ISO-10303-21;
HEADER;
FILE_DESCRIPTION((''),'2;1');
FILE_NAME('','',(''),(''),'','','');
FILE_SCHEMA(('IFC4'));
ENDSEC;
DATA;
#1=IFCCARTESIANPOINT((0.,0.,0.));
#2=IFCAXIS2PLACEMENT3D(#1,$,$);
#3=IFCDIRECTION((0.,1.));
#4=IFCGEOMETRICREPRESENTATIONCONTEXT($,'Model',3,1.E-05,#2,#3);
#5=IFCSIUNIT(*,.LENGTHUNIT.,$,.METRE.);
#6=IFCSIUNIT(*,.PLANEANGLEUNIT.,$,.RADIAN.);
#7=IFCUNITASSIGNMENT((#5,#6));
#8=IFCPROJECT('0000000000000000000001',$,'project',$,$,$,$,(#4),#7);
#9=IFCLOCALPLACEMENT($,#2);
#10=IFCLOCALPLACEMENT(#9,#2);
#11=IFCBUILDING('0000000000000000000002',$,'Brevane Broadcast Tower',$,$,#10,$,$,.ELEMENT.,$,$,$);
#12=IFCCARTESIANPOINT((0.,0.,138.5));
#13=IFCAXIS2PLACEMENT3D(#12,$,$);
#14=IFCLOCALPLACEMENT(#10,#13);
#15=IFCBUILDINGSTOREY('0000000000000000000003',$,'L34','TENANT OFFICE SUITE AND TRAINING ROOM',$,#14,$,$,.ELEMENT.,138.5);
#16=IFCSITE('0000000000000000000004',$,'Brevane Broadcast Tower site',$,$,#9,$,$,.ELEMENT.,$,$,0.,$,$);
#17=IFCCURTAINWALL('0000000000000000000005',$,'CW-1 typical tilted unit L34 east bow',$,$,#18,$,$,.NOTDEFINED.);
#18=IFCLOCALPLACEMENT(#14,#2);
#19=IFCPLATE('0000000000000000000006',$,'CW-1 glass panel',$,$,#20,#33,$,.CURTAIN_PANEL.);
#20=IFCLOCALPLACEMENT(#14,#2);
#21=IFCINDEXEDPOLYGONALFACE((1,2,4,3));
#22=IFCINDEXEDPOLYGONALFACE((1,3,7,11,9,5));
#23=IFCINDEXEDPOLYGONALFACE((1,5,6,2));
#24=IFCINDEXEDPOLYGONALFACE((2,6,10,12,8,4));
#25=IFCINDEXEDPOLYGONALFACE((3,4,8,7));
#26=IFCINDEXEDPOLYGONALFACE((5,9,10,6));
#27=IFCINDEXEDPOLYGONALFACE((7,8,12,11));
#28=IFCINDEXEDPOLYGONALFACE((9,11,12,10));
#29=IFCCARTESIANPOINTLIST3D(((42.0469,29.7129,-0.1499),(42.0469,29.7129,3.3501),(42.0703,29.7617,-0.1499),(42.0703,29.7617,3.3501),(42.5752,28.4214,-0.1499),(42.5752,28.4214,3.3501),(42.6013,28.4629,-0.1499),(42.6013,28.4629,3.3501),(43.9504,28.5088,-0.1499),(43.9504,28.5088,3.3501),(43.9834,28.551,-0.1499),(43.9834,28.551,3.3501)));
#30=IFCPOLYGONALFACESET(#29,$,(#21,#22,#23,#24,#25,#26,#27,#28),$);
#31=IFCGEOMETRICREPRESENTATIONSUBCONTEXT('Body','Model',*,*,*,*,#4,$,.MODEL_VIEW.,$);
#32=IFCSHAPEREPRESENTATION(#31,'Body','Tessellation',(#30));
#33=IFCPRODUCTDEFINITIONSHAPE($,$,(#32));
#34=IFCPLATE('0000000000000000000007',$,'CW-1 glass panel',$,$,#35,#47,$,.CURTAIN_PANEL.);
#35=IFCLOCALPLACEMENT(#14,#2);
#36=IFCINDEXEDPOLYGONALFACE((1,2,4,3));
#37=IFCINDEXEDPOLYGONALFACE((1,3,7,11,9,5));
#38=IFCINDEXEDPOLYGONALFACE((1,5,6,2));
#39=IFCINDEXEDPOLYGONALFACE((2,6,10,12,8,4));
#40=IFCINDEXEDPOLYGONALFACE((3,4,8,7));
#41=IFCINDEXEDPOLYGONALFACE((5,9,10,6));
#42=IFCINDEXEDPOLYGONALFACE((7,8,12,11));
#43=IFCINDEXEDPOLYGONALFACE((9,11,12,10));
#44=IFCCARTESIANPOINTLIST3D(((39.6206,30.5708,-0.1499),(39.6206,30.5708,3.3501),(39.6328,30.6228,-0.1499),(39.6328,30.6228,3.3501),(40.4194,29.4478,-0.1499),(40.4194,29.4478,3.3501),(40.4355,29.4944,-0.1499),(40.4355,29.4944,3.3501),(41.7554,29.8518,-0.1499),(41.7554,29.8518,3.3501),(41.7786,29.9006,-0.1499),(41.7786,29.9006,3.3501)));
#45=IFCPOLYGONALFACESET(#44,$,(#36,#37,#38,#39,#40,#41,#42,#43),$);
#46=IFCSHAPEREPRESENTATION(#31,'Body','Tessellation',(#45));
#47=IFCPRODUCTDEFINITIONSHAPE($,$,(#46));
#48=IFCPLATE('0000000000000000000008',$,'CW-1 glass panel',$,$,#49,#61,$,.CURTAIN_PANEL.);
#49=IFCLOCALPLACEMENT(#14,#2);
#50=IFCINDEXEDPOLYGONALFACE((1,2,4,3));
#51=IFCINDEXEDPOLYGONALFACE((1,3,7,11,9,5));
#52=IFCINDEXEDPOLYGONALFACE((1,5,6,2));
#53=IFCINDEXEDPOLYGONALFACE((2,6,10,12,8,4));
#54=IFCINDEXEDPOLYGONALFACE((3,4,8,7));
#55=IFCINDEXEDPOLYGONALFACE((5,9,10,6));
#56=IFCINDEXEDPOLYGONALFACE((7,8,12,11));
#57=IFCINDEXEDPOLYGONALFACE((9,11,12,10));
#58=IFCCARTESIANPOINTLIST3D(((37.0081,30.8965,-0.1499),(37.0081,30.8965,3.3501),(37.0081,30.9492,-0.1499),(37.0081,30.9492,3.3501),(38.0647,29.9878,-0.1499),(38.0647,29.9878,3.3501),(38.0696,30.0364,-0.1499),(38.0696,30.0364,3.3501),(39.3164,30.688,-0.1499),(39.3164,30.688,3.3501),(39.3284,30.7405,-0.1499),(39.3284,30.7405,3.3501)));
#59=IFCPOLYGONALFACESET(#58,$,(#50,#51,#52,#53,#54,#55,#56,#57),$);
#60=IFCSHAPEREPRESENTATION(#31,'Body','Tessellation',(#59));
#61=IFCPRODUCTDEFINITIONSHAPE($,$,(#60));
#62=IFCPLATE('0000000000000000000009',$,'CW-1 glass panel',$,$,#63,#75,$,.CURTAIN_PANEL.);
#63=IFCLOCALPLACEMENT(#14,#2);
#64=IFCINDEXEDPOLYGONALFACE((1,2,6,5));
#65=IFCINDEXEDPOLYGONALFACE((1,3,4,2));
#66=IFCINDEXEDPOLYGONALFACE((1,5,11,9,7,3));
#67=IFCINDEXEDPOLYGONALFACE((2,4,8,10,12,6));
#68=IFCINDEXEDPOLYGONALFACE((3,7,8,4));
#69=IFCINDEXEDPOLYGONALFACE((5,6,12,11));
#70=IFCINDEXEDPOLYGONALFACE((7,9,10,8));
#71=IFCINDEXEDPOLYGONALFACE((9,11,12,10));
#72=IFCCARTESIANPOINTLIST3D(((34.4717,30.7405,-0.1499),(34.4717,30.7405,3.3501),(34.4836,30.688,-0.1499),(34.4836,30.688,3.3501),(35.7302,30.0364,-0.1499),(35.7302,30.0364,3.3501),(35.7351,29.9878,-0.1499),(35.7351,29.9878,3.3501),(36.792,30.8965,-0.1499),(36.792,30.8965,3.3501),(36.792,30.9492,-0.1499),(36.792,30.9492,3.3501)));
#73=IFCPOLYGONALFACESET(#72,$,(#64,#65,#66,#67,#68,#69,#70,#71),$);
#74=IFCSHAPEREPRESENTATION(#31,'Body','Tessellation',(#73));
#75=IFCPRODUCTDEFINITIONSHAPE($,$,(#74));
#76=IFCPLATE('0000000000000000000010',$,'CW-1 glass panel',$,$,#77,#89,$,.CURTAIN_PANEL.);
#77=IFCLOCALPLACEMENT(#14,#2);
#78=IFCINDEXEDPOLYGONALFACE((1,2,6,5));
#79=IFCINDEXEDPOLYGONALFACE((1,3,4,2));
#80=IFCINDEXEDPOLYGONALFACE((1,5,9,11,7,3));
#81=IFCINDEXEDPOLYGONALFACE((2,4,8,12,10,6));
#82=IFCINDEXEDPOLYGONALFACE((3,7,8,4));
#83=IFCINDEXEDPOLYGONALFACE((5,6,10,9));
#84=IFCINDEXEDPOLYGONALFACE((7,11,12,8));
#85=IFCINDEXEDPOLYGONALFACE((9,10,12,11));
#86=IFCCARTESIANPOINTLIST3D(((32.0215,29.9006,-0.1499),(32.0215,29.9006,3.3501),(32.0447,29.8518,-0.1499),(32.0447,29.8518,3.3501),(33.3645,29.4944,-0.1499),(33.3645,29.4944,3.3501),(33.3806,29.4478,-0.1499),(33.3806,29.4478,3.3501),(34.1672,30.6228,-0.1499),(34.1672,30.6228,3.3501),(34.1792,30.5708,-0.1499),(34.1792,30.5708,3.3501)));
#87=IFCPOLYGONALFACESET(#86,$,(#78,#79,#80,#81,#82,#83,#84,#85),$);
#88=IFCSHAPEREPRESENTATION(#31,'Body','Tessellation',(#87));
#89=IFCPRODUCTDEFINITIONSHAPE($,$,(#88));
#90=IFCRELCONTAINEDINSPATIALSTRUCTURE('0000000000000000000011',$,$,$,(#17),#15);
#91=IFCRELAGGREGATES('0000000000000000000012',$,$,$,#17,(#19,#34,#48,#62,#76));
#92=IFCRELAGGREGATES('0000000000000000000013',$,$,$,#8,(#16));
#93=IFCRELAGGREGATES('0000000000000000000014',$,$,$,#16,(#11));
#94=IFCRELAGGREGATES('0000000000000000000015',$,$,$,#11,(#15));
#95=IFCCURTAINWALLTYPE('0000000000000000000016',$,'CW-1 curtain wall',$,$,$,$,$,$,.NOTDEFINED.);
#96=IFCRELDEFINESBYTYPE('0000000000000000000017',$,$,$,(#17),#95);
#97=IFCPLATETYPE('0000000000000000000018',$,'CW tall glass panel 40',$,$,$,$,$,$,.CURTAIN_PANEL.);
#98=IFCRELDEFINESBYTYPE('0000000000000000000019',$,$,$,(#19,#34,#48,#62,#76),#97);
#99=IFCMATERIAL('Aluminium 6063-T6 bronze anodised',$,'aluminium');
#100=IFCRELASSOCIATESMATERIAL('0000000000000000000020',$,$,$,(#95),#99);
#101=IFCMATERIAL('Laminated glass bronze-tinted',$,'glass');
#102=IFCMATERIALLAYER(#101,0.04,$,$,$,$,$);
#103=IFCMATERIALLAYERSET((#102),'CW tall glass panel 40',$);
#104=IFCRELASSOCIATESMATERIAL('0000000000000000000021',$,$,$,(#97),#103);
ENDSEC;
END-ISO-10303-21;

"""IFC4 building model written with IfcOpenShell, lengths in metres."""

from ifc_helpers import new_model, si_unit, direction, frame, origin, place, context, subcontext, project, spatial, polyline, outline, extrude, material, layer, layer_set, type_object, element, aggregate, save


model = new_model("IFC4")

# Units and contexts
model_context = context("Model", 3, precision=1e-05, world=origin(), true_north=direction((0.0, 1.0)))
body_context = subcontext(model_context, "Body", "Model", "MODEL_VIEW")
ifc_project = project(units=[si_unit("LENGTHUNIT", "METRE"), si_unit("PLANEANGLEUNIT", "RADIAN")], contexts=[model_context])

# Site, building, storey
site_placement = place(None, origin())
site = spatial("IfcSite", under=ifc_project, at=site_placement, Name="Brevane Broadcast Tower site", CompositionType="ELEMENT", RefElevation=0.0)
building_placement = place(site_placement, origin())
building = spatial("IfcBuilding", under=site, at=building_placement, Name="Brevane Broadcast Tower", CompositionType="ELEMENT")
storey_placement = place(building_placement, frame((0.0, 0.0, 138.5)))
storey = spatial("IfcBuildingStorey", under=building, at=storey_placement, Name="L34", Description="TENANT OFFICE SUITE AND TRAINING ROOM", CompositionType="ELEMENT", Elevation=138.5)

# Curtain wall, plates
ifc_material_1 = material(Name="Aluminium 6063-T6 bronze anodised", Category="aluminium")
curtain_wall_type = type_object("IfcCurtainWallType", Name="CW-1 curtain wall", PredefinedType="NOTDEFINED", material=ifc_material_1)
ifc_material_2 = material(Name="Laminated glass bronze-tinted", Category="glass")
ifc_layer = layer(ifc_material_2, 0.04)
ifc_layer_set = layer_set([ifc_layer], Name="CW tall glass panel 40")
plate_type = type_object("IfcPlateType", Name="CW tall glass panel 40", PredefinedType="CURTAIN_PANEL", material=ifc_layer_set)
curtain_wall_1_placement = place(storey_placement, origin())
curtain_wall_1 = element("IfcCurtainWall", 1, at=curtain_wall_1_placement, inside=storey, type_object=curtain_wall_type, Name="CW-1 typical tilted unit L34 east bow", PredefinedType="NOTDEFINED")
plate_1_placement = place(storey_placement, frame((0.0, 0.0, -0.1499)))
plate_1 = element("IfcPlate", 2, at=plate_1_placement, type_object=plate_type, Name="CW-1 glass panel", PredefinedType="CURTAIN_PANEL", context=body_context, shape_type="SweptSolid", body=[
    extrude(outline(polyline([(43.9504, 28.5088), (43.9834, 28.551), (42.6013, 28.4629), (42.0703, 29.7617), (42.0469, 29.7129), (42.5752, 28.4214), (43.9504, 28.5088)])), origin(), (0.0, 0.0, 1.0), 3.5),
])
plate_2_placement = place(storey_placement, frame((0.0, 0.0, -0.1499)))
plate_2 = element("IfcPlate", 3, at=plate_2_placement, type_object=plate_type, Name="CW-1 glass panel", PredefinedType="CURTAIN_PANEL", context=body_context, shape_type="SweptSolid", body=[
    extrude(outline(polyline([(41.7554, 29.8518), (41.7786, 29.9006), (40.4355, 29.4944), (39.6328, 30.6228), (39.6206, 30.5708), (40.4194, 29.4478), (41.7554, 29.8518)])), origin(), (0.0, 0.0, 1.0), 3.5),
])
plate_3_placement = place(storey_placement, frame((0.0, 0.0, -0.1499)))
plate_3 = element("IfcPlate", 4, at=plate_3_placement, type_object=plate_type, Name="CW-1 glass panel", PredefinedType="CURTAIN_PANEL", context=body_context, shape_type="SweptSolid", body=[
    extrude(outline(polyline([(39.3164, 30.688), (39.3284, 30.7405), (38.0696, 30.0364), (37.0081, 30.9492), (37.0081, 30.8965), (38.0647, 29.9878), (39.3164, 30.688)])), origin(), (0.0, 0.0, 1.0), 3.5),
])
plate_4_placement = place(storey_placement, frame((0.0, 0.0, -0.1499)))
plate_4 = element("IfcPlate", 5, at=plate_4_placement, type_object=plate_type, Name="CW-1 glass panel", PredefinedType="CURTAIN_PANEL", context=body_context, shape_type="SweptSolid", body=[
    extrude(outline(polyline([(36.792, 30.8965), (36.792, 30.9492), (35.7302, 30.0364), (34.4717, 30.7405), (34.4836, 30.688), (35.7351, 29.9878), (36.792, 30.8965)])), origin(), (0.0, 0.0, 1.0), 3.5),
])
plate_5_placement = place(storey_placement, frame((0.0, 0.0, -0.1499)))
plate_5 = element("IfcPlate", 6, at=plate_5_placement, type_object=plate_type, Name="CW-1 glass panel", PredefinedType="CURTAIN_PANEL", context=body_context, shape_type="SweptSolid", body=[
    extrude(outline(polyline([(34.1792, 30.5708), (34.1672, 30.6228), (33.3645, 29.4944), (32.0215, 29.9006), (32.0447, 29.8518), (33.3806, 29.4478), (34.1792, 30.5708)])), origin(), (0.0, 0.0, 1.0), 3.5),
])
aggregate(curtain_wall_1, [plate_1, plate_2, plate_3, plate_4, plate_5])

save(model, "model.ifc")
